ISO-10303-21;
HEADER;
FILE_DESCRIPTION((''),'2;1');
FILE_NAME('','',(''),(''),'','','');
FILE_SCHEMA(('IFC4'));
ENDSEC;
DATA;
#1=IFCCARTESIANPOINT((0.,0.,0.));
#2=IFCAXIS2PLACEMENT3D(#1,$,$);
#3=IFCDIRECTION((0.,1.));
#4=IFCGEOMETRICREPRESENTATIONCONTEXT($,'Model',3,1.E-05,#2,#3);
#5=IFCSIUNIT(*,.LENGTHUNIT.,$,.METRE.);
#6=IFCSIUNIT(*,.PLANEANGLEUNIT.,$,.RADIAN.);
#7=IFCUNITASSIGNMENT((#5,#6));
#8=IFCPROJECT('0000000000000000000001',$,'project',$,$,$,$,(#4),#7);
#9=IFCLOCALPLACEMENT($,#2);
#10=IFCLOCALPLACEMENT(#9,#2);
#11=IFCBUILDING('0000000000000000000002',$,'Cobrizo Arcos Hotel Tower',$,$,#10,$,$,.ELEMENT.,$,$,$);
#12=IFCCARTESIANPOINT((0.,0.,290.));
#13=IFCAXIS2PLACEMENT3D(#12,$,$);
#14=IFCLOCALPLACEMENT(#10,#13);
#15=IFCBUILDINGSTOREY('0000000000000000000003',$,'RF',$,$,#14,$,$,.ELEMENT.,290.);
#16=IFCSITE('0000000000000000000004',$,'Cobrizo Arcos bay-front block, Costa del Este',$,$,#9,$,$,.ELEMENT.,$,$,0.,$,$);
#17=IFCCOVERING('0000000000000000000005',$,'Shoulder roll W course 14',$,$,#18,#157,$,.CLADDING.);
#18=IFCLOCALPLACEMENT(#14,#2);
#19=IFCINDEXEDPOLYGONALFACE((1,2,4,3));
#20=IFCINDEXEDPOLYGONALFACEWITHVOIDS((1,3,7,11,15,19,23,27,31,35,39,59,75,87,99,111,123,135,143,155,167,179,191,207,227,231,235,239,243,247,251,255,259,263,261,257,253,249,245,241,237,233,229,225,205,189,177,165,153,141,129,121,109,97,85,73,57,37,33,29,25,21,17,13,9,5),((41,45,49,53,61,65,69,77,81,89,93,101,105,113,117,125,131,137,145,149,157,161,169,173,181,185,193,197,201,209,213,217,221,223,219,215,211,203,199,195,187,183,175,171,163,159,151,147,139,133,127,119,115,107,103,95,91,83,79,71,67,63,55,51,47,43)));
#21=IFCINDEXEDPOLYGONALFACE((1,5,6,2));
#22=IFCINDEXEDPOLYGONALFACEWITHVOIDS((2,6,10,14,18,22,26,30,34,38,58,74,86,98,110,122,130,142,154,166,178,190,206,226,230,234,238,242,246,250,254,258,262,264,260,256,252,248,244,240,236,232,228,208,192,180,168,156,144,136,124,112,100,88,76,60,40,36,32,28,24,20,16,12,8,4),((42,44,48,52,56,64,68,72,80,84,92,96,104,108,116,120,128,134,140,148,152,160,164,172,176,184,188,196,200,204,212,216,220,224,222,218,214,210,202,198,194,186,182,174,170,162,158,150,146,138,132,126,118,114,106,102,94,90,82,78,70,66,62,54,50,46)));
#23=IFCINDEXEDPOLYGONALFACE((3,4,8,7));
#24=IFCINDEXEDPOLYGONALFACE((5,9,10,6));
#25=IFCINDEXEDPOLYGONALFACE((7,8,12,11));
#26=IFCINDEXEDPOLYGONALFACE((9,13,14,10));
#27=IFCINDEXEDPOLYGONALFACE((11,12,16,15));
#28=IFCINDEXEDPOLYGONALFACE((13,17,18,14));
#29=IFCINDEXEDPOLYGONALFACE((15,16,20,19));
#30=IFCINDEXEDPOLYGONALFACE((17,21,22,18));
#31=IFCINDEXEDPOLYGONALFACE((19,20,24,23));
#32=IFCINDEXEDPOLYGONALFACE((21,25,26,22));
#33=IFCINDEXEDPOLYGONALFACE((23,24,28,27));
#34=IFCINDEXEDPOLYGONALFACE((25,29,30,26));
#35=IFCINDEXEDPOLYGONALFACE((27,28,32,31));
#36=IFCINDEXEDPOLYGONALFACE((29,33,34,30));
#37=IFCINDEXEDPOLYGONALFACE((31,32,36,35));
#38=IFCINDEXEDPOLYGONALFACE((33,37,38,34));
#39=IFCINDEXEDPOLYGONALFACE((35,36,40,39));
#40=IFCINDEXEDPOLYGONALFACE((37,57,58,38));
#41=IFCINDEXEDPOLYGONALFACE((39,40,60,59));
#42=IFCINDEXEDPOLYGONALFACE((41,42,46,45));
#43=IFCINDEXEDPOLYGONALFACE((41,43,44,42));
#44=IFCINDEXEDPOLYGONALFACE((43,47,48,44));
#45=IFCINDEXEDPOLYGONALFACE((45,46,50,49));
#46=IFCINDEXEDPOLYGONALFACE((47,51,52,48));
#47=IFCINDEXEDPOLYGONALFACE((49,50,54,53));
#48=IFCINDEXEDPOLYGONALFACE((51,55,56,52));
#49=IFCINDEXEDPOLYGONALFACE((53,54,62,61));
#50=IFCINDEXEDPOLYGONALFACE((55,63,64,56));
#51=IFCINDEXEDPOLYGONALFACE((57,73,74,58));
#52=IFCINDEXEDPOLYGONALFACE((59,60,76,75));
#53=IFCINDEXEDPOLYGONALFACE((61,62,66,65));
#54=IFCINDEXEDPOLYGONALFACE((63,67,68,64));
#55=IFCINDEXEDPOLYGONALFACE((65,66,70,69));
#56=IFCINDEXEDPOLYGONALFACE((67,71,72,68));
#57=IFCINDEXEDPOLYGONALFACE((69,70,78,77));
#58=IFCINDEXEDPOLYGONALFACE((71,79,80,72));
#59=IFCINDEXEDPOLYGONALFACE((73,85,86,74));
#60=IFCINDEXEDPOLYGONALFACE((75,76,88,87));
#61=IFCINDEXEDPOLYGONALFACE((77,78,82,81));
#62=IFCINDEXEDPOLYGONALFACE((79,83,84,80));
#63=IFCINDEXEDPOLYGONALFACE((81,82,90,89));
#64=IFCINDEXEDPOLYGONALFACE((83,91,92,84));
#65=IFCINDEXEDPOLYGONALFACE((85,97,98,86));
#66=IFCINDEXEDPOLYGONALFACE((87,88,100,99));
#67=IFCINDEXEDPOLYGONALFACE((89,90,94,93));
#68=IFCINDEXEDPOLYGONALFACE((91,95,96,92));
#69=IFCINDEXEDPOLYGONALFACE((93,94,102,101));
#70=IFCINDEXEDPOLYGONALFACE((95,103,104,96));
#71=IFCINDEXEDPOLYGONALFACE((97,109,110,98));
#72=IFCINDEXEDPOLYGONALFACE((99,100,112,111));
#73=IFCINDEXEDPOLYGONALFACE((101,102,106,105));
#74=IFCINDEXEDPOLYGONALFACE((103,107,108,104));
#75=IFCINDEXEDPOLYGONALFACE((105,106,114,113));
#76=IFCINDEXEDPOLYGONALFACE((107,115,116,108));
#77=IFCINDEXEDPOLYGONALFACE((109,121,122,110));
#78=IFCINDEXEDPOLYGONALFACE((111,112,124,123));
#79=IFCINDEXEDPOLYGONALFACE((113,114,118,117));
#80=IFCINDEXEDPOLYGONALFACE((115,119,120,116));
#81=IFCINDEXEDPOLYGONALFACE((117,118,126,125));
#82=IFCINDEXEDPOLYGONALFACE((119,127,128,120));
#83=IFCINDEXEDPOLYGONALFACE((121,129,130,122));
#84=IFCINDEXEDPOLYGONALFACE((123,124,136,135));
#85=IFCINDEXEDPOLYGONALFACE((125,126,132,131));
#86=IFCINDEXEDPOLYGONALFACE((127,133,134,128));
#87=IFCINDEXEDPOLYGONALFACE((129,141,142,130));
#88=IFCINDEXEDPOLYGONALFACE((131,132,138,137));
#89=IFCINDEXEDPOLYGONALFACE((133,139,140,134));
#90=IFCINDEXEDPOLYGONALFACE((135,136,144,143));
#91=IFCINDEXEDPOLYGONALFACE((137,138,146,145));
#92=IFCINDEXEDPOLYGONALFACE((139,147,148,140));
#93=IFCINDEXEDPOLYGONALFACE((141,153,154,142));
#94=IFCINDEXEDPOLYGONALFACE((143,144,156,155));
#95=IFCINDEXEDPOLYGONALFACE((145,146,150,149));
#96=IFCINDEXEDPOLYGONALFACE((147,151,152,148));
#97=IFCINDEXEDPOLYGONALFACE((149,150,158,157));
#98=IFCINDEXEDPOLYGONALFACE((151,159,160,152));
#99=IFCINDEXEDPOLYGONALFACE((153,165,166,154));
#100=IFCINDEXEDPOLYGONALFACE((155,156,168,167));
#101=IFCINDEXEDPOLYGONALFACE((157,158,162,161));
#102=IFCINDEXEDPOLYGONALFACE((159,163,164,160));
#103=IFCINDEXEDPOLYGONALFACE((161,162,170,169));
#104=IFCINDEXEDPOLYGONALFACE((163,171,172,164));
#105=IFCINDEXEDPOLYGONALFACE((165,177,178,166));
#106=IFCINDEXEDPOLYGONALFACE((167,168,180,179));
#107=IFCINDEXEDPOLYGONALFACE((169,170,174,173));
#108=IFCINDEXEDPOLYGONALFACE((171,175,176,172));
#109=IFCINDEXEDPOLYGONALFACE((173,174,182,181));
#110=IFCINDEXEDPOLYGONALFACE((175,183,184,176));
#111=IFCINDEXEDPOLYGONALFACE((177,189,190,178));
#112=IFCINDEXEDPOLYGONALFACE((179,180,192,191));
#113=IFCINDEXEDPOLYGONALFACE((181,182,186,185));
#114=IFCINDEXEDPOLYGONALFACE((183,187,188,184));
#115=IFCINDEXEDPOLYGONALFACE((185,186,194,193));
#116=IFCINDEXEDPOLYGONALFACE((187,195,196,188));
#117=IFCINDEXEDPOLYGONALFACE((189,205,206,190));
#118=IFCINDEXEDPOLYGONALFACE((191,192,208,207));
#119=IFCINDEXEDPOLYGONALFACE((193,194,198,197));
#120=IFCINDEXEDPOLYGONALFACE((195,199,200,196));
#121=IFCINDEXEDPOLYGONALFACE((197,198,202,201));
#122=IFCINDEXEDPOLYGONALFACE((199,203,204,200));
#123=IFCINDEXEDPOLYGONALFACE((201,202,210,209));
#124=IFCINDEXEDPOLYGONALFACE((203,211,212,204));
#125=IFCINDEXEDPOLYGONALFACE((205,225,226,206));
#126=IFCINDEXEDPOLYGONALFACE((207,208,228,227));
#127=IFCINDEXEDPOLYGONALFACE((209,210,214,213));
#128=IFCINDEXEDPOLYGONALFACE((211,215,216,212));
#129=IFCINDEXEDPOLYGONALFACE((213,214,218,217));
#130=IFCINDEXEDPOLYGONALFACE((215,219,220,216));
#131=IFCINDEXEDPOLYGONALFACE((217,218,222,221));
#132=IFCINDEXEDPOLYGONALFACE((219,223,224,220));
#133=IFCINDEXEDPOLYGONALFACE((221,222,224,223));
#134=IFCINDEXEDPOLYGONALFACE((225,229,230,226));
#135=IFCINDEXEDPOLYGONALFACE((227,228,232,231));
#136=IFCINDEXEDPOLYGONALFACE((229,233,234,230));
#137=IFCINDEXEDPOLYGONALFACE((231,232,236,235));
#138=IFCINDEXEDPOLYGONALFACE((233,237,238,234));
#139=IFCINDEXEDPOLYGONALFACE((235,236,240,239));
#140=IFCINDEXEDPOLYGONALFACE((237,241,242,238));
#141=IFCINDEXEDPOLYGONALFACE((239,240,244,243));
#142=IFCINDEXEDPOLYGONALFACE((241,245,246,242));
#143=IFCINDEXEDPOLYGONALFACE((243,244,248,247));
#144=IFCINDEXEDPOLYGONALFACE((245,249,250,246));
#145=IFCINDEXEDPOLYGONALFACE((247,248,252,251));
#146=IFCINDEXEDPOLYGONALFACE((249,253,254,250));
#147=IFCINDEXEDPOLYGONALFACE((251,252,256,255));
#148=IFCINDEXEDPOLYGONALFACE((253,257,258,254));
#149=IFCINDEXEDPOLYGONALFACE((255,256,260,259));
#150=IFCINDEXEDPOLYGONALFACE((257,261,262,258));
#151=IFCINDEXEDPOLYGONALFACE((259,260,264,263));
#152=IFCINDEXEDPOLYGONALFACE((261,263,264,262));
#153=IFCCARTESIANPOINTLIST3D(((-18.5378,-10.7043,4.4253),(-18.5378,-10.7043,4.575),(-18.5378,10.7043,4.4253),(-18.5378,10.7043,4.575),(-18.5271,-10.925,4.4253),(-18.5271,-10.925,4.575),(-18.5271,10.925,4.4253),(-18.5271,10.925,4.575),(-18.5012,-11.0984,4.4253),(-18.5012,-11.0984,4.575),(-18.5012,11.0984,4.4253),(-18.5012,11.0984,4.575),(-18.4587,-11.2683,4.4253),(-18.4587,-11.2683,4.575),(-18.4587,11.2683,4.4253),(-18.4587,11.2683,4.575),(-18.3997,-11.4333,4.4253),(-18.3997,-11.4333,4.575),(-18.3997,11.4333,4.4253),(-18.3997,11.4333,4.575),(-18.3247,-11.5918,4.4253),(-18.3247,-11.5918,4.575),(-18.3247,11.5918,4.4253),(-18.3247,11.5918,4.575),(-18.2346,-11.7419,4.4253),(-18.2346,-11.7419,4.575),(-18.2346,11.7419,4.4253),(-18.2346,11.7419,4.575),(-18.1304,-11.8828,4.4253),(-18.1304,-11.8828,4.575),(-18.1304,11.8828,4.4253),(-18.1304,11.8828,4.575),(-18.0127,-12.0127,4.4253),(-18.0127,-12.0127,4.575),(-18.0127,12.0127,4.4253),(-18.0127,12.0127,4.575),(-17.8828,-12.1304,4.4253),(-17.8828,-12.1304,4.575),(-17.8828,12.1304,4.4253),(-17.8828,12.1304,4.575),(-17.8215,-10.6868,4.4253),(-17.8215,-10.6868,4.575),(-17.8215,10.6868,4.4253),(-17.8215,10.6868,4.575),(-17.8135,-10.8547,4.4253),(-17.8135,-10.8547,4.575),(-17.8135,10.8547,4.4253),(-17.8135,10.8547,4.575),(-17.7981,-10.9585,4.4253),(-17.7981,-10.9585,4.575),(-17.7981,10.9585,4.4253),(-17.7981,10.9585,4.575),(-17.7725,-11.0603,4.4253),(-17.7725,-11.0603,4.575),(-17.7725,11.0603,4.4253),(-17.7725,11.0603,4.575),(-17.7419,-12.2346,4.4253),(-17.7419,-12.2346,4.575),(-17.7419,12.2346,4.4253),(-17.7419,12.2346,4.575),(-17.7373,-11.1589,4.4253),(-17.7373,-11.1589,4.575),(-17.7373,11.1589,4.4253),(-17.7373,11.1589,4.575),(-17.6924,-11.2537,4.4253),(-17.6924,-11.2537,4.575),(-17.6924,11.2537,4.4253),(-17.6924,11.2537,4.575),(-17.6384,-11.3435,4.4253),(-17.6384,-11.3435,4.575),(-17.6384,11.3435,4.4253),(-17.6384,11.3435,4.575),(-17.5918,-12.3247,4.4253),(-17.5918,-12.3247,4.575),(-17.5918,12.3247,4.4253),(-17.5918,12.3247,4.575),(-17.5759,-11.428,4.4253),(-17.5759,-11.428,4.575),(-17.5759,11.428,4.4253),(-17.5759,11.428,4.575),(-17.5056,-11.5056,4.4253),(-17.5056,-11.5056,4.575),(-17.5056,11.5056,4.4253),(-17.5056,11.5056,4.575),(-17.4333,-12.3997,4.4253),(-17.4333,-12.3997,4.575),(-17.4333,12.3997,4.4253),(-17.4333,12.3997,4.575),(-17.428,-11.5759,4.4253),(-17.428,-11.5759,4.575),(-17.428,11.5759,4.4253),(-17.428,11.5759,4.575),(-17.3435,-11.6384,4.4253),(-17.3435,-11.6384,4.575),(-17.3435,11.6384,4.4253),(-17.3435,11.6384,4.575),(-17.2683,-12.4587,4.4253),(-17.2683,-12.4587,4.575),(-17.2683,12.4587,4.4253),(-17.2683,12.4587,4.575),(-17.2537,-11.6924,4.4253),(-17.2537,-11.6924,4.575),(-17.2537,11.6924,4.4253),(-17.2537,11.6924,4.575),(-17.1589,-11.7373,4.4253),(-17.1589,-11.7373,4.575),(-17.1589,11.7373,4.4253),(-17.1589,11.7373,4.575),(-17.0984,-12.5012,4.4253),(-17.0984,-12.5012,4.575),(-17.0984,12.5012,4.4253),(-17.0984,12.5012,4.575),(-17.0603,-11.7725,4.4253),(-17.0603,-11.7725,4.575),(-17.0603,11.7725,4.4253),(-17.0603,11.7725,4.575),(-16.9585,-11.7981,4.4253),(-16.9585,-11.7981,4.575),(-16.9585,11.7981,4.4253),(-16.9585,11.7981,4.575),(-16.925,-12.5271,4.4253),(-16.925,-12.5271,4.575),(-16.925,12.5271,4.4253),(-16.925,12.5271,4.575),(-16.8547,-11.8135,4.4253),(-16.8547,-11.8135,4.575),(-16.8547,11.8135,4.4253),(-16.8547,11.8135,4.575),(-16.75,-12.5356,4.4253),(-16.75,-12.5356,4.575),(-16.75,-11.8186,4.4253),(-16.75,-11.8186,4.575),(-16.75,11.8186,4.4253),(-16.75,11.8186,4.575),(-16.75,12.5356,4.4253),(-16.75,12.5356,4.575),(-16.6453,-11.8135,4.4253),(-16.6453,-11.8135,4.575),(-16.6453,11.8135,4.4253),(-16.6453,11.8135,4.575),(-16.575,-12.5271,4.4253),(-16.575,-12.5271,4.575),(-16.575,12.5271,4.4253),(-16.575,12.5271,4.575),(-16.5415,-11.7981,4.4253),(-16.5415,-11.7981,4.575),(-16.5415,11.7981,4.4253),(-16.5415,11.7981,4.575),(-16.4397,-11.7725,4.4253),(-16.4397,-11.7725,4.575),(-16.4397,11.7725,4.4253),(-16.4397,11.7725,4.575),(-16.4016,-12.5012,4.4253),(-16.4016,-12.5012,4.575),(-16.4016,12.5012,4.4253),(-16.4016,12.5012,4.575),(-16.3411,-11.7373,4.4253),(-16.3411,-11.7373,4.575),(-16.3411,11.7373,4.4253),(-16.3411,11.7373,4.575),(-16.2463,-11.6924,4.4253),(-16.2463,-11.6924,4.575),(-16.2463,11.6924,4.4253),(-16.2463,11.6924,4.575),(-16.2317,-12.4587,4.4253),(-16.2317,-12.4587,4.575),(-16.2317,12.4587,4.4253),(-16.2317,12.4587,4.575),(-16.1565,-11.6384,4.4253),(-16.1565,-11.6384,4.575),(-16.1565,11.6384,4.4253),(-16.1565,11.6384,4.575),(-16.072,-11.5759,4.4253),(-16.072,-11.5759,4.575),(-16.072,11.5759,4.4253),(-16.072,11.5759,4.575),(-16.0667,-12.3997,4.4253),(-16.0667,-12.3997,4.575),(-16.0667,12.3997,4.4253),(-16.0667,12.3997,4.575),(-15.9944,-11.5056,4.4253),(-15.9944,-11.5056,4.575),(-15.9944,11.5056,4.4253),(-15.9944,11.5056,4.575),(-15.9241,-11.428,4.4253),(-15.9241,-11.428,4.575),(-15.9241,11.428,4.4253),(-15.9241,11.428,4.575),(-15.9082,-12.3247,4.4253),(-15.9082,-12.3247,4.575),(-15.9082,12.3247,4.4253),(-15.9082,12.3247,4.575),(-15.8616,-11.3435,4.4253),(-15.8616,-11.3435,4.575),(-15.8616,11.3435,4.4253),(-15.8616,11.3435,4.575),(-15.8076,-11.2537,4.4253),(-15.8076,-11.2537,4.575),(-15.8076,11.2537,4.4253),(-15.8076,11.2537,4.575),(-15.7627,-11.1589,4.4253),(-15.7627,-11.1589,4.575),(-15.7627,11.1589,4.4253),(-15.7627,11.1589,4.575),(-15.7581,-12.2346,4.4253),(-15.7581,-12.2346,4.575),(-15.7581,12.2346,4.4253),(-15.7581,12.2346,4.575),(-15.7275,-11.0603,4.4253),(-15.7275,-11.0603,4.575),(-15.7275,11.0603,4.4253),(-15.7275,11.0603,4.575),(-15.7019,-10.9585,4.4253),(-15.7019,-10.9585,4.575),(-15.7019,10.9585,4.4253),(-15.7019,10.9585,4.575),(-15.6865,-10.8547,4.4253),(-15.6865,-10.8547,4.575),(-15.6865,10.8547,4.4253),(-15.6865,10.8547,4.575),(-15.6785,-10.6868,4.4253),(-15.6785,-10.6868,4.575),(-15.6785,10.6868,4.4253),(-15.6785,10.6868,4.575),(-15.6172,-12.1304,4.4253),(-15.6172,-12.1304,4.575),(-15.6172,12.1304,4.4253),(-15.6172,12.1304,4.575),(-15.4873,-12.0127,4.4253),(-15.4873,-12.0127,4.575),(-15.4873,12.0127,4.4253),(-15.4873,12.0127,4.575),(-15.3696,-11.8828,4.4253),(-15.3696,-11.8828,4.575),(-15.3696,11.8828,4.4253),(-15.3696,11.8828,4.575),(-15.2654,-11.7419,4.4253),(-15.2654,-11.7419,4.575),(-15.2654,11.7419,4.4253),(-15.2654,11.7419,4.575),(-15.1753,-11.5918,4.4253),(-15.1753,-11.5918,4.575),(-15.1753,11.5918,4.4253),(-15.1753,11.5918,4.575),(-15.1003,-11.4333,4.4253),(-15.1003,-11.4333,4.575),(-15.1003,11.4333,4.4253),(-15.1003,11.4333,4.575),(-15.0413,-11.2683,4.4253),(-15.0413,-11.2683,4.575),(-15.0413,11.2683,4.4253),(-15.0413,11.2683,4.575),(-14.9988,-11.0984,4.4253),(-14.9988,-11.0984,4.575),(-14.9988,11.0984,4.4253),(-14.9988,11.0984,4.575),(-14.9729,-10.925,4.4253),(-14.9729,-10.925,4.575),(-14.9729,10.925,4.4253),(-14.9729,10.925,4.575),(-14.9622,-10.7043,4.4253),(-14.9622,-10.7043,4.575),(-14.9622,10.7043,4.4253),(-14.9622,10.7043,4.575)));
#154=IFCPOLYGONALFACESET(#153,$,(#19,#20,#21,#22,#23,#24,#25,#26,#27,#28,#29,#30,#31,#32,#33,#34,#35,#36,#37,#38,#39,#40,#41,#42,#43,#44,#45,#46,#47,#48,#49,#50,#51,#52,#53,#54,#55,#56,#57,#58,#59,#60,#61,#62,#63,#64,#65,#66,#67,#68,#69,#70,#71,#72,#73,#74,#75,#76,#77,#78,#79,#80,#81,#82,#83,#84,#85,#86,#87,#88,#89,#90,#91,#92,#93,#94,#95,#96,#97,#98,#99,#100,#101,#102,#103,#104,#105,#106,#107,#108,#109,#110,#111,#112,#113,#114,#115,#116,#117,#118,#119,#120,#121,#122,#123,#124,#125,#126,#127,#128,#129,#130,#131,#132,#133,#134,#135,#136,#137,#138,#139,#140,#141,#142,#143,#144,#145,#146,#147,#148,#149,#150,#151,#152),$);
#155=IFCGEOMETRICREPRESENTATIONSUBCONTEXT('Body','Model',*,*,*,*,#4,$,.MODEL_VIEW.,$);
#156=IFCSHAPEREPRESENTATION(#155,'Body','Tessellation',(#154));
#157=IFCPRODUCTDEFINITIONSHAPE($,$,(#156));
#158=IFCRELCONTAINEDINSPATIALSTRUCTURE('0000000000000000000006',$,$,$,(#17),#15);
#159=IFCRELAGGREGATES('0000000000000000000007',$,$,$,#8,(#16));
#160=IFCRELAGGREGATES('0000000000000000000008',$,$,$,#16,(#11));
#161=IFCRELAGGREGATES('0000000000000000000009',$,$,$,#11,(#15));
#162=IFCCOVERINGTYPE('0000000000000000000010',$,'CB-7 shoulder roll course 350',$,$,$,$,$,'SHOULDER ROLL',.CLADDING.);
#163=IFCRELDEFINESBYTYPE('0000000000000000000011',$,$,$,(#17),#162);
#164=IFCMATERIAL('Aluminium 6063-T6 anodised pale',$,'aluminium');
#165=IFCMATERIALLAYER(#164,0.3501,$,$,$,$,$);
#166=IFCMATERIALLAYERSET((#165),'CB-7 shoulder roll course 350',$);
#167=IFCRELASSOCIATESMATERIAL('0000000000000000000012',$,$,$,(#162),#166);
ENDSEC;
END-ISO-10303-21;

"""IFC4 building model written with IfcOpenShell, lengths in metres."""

from ifc_helpers import new_model, si_unit, direction, frame, origin, place, context, subcontext, project, spatial, polyline, outline, extrude, material, layer, layer_set, type_object, element, save


model = new_model("IFC4")

# Units and contexts
model_context = context("Model", 3, precision=1e-05, world=origin(), true_north=direction((0.0, 1.0)))
body_context = subcontext(model_context, "Body", "Model", "MODEL_VIEW")
ifc_project = project(units=[si_unit("LENGTHUNIT", "METRE"), si_unit("PLANEANGLEUNIT", "RADIAN")], contexts=[model_context])

# Site, building, storey
site_placement = place(None, origin())
site = spatial("IfcSite", under=ifc_project, at=site_placement, Name="Cobrizo Arcos bay-front block, Costa del Este", CompositionType="ELEMENT", RefElevation=0.0)
building_placement = place(site_placement, origin())
building = spatial("IfcBuilding", under=site, at=building_placement, Name="Cobrizo Arcos Hotel Tower", CompositionType="ELEMENT")
storey_placement = place(building_placement, frame((0.0, 0.0, 290.0)))
storey = spatial("IfcBuildingStorey", under=building, at=storey_placement, Name="RF", CompositionType="ELEMENT", Elevation=290.0)

# Covering
ifc_material_1 = material(Name="Aluminium 6063-T6 anodised pale", Category="aluminium")
ifc_layer_1 = layer(ifc_material_1, 0.3501)
ifc_layer_set_1 = layer_set([ifc_layer_1], Name="CB-7 shoulder roll course 350")
covering_type_1 = type_object("IfcCoveringType", Name="CB-7 shoulder roll course 350", ElementType="SHOULDER ROLL", PredefinedType="CLADDING", material=ifc_layer_set_1)
covering_1_placement = place(storey_placement, frame((0.0, 0.0, 4.4253)))
element("IfcCovering", 1, at=covering_1_placement, inside=storey, type_object=covering_type_1, Name="Shoulder roll W course 14", PredefinedType="CLADDING", context=body_context, shape_type="SweptSolid", body=[
    extrude(outline(polyline([(-18.5378, 10.7043), (-18.5271, 10.925), (-18.5012, 11.0984), (-18.4587, 11.2683), (-18.3997, 11.4333), (-18.3247, 11.5918), (-18.2346, 11.7419), (-18.1304, 11.8828), (-18.0127, 12.0127), (-17.8828, 12.1304), (-17.7419, 12.2346), (-17.5918, 12.3247), (-17.4333, 12.3997), (-17.2683, 12.4587), (-17.0984, 12.5012), (-16.925, 12.5271), (-16.75, 12.5356), (-16.575, 12.5271), (-16.4016, 12.5012), (-16.2317, 12.4587), (-16.0667, 12.3997), (-15.9082, 12.3247), (-15.7581, 12.2346), (-15.6172, 12.1304), (-15.4873, 12.0127), (-15.3696, 11.8828), (-15.2654, 11.7419), (-15.1753, 11.5918), (-15.1003, 11.4333), (-15.0413, 11.2683), (-14.9988, 11.0984), (-14.9729, 10.925), (-14.9622, 10.7043), (-14.9622, -10.7043), (-14.9729, -10.925), (-14.9988, -11.0984), (-15.0413, -11.2683), (-15.1003, -11.4333), (-15.1753, -11.5918), (-15.2654, -11.7419), (-15.3696, -11.8828), (-15.4873, -12.0127), (-15.6172, -12.1304), (-15.7581, -12.2346), (-15.9082, -12.3247), (-16.0667, -12.3997), (-16.2317, -12.4587), (-16.4016, -12.5012), (-16.575, -12.5271), (-16.75, -12.5356), (-16.925, -12.5271), (-17.0984, -12.5012), (-17.2683, -12.4587), (-17.4333, -12.3997), (-17.5918, -12.3247), (-17.7419, -12.2346), (-17.8828, -12.1304), (-18.0127, -12.0127), (-18.1304, -11.8828), (-18.2346, -11.7419), (-18.3247, -11.5918), (-18.3997, -11.4333), (-18.4587, -11.2683), (-18.5012, -11.0984), (-18.5271, -10.925), (-18.5378, -10.7043), (-18.5378, 10.7043)]), holes=[polyline([(-17.8215, 10.6868), (-17.8135, 10.8547), (-17.7981, 10.9585), (-17.7725, 11.0603), (-17.7373, 11.1589), (-17.6924, 11.2537), (-17.6384, 11.3435), (-17.5759, 11.428), (-17.5056, 11.5056), (-17.428, 11.5759), (-17.3435, 11.6384), (-17.2537, 11.6924), (-17.1589, 11.7373), (-17.0603, 11.7725), (-16.9585, 11.7981), (-16.8547, 11.8135), (-16.75, 11.8186), (-16.6453, 11.8135), (-16.5415, 11.7981), (-16.4397, 11.7725), (-16.3411, 11.7373), (-16.2463, 11.6924), (-16.1565, 11.6384), (-16.072, 11.5759), (-15.9944, 11.5056), (-15.9241, 11.428), (-15.8616, 11.3435), (-15.8076, 11.2537), (-15.7627, 11.1589), (-15.7275, 11.0603), (-15.7019, 10.9585), (-15.6865, 10.8547), (-15.6785, 10.6868), (-15.6785, -10.6868), (-15.6865, -10.8547), (-15.7019, -10.9585), (-15.7275, -11.0603), (-15.7627, -11.1589), (-15.8076, -11.2537), (-15.8616, -11.3435), (-15.9241, -11.428), (-15.9944, -11.5056), (-16.072, -11.5759), (-16.1565, -11.6384), (-16.2463, -11.6924), (-16.3411, -11.7373), (-16.4397, -11.7725), (-16.5415, -11.7981), (-16.6453, -11.8135), (-16.75, -11.8186), (-16.8547, -11.8135), (-16.9585, -11.7981), (-17.0603, -11.7725), (-17.1589, -11.7373), (-17.2537, -11.6924), (-17.3435, -11.6384), (-17.428, -11.5759), (-17.5056, -11.5056), (-17.5759, -11.428), (-17.6384, -11.3435), (-17.6924, -11.2537), (-17.7373, -11.1589), (-17.7725, -11.0603), (-17.7981, -10.9585), (-17.8135, -10.8547), (-17.8215, -10.6868), (-17.8215, 10.6868)])]), origin(), (0.0, 0.0, 1.0), 0.1497),
])

save(model, "model.ifc")
